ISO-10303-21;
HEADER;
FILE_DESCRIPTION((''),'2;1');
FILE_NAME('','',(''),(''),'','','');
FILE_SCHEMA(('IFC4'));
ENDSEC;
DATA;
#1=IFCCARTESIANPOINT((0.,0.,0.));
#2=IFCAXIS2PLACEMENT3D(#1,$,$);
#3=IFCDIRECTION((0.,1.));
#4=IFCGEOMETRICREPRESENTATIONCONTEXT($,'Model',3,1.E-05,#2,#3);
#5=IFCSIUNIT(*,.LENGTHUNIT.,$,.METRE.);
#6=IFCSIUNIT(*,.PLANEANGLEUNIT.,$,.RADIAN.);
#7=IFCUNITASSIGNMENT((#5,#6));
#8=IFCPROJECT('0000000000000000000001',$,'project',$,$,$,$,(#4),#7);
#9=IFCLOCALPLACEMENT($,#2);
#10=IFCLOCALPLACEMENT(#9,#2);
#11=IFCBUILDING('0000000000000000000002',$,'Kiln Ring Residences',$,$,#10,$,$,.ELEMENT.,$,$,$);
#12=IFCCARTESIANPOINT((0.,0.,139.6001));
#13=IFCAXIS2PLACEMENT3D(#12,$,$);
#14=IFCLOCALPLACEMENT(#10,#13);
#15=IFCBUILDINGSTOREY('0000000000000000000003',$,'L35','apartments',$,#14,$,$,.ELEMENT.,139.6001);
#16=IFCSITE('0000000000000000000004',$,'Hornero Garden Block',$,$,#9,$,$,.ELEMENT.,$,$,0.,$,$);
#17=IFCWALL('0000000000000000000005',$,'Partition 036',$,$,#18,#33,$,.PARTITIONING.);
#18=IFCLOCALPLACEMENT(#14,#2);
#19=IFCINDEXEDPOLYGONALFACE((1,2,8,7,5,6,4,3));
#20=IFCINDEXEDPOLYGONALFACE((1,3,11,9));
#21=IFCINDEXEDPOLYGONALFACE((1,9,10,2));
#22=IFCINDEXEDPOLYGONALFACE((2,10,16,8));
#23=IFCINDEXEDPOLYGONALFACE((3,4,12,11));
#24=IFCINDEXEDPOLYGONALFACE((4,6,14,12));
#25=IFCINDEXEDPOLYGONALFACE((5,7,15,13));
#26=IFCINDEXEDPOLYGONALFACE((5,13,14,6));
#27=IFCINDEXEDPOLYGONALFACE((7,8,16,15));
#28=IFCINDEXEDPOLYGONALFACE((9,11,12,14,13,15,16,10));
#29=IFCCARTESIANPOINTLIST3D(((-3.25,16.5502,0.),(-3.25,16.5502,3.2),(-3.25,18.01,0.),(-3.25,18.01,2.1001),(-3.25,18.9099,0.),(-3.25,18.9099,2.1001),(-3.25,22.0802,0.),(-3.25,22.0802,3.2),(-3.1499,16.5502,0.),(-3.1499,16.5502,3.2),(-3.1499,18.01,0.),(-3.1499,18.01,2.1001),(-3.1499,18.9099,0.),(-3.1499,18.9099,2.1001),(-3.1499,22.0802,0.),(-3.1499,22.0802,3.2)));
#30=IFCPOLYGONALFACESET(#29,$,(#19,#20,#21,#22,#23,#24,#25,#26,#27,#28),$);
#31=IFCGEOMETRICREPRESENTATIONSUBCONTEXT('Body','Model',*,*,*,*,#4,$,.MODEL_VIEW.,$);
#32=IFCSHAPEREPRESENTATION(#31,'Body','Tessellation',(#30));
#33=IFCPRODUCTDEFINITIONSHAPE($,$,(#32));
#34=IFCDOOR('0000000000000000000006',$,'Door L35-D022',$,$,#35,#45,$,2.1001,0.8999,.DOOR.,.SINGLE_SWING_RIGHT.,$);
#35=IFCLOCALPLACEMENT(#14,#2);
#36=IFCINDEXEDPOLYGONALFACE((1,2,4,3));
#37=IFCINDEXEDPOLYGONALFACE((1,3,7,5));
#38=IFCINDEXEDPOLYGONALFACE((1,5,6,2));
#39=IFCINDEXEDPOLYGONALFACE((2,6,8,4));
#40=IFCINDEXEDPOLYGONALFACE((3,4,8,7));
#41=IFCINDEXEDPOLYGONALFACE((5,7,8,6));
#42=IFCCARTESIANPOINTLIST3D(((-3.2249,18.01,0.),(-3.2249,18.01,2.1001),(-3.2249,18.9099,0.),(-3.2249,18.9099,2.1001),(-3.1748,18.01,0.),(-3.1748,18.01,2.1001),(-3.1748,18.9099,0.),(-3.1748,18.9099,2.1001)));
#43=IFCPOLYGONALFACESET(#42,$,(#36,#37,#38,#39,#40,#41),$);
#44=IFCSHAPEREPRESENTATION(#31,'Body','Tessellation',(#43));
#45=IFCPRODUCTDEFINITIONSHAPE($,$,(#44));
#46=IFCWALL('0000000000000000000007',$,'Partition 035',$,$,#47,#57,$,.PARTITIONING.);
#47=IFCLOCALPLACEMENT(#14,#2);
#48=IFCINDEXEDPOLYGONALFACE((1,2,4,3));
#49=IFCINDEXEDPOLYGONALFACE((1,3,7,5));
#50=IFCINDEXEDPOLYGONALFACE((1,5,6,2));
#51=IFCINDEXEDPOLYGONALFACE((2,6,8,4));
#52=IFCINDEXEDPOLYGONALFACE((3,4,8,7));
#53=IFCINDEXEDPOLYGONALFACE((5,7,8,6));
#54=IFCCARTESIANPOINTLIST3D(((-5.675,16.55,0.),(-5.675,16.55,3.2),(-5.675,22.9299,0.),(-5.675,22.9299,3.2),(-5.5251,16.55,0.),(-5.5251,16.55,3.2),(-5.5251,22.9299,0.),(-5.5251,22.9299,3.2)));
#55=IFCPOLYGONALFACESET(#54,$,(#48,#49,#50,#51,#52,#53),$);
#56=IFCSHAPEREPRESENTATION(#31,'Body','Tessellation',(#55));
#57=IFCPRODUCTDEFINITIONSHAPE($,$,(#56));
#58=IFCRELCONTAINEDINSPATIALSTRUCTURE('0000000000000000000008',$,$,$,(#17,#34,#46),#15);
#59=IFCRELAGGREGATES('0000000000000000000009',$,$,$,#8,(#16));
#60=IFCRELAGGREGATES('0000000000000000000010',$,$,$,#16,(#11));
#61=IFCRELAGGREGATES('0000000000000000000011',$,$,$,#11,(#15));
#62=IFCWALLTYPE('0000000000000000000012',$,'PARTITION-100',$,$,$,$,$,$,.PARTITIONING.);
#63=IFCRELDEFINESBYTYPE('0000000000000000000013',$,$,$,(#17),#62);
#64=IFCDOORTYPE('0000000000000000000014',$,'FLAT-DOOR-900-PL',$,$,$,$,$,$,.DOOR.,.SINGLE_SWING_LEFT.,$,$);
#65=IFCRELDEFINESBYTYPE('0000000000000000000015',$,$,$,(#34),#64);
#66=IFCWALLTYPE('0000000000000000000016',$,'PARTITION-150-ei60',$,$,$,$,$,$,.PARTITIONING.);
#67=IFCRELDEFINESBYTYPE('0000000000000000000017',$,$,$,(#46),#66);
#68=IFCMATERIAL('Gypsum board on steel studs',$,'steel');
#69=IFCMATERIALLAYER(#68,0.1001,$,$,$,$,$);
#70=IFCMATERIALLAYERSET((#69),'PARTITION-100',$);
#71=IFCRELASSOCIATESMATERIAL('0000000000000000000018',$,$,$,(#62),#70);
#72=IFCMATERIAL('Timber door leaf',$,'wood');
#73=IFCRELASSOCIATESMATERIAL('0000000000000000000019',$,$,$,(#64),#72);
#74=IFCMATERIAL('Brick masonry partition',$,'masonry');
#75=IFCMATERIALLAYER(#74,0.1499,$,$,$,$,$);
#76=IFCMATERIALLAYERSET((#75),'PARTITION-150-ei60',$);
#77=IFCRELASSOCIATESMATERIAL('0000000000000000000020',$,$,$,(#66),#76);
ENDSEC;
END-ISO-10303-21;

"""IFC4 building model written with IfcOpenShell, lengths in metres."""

from ifc_helpers import new_model, si_unit, direction, frame, frame_2d, origin, place, context, subcontext, project, spatial, rectangle, extrude, material, layer, layer_set, type_object, element, fill, save


model = new_model("IFC4")

# Units and contexts
model_context = context("Model", 3, precision=1e-05, world=origin(), true_north=direction((0.0, 1.0)))
body_context = subcontext(model_context, "Body", "Model", "MODEL_VIEW")
ifc_project = project(units=[si_unit("LENGTHUNIT", "METRE"), si_unit("PLANEANGLEUNIT", "RADIAN")], contexts=[model_context])

# Site, building, storey
site_placement = place(None, origin())
site = spatial("IfcSite", under=ifc_project, at=site_placement, Name="Hornero Garden Block", CompositionType="ELEMENT", RefElevation=0.0)
building_placement = place(site_placement, origin())
building = spatial("IfcBuilding", under=site, at=building_placement, Name="Kiln Ring Residences", CompositionType="ELEMENT")
storey_placement = place(building_placement, frame((0.0, 0.0, 139.6001)))
storey = spatial("IfcBuildingStorey", under=building, at=storey_placement, Name="L35", Description="apartments", CompositionType="ELEMENT", Elevation=139.6001)

# Wall, opening, door
ifc_material_1 = material(Name="Gypsum board on steel studs", Category="steel")
ifc_layer_1 = layer(ifc_material_1, 0.1001)
ifc_layer_set_1 = layer_set([ifc_layer_1], Name="PARTITION-100")
wall_type_1 = type_object("IfcWallType", Name="PARTITION-100", PredefinedType="PARTITIONING", material=ifc_layer_set_1)
wall_1_placement = place(storey_placement, frame((-3.2, 16.55, 0.0), z_axis=(0.0, 0.0, 1.0), x_axis=(0.0, 1.0, 0.0)))
wall_1 = element("IfcWall", 1, at=wall_1_placement, inside=storey, type_object=wall_type_1, Name="Partition 036", PredefinedType="PARTITIONING", context=body_context, shape_type="SweptSolid", body=[
    extrude(rectangle(XDim=5.53, YDim=0.1001, at=frame_2d((2.7651, 0.0))), origin(), (0.0, 0.0, 1.0), 3.2),
])
opening_1_placement = place(wall_1_placement, frame((1.46, 0.0, 0.0)))
opening_1 = element("IfcOpeningElement", 2, at=opening_1_placement, cuts=wall_1, PredefinedType="OPENING", context=body_context, shape_type="SweptSolid", body=[
    extrude(rectangle(XDim=0.8999, YDim=2.1001, at=frame_2d((0.45, 1.05))), frame((0.0, 0.0601, 0.0), z_axis=(0.0, -1.0, 0.0), x_axis=(1.0, 0.0, 0.0)), (0.0, 0.0, 1.0), 0.1201),
])
ifc_material_2 = material(Name="Timber door leaf", Category="wood")
door_type = type_object("IfcDoorType", Name="FLAT-DOOR-900-PL", OperationType="SINGLE_SWING_LEFT", PredefinedType="DOOR", material=ifc_material_2)
door_placement = place(opening_1_placement, origin())
door = element("IfcDoor", 3, at=door_placement, inside=storey, type_object=door_type, Name="Door L35-D022", OperationType="SINGLE_SWING_RIGHT", OverallHeight=2.1001, OverallWidth=0.8999, PredefinedType="DOOR", context=body_context, shape_type="SweptSolid", body=[
    extrude(rectangle(XDim=0.8999, YDim=2.1001, at=frame_2d((0.45, 1.05))), frame((0.0, 0.0249, 0.0), z_axis=(0.0, -1.0, 0.0), x_axis=(1.0, 0.0, 0.0)), (0.0, 0.0, 1.0), 0.05),
])
fill(opening_1, door)

# Wall
ifc_material_3 = material(Name="Brick masonry partition", Category="masonry")
ifc_layer_2 = layer(ifc_material_3, 0.1499)
ifc_layer_set_2 = layer_set([ifc_layer_2], Name="PARTITION-150-ei60")
wall_type_2 = type_object("IfcWallType", Name="PARTITION-150-ei60", PredefinedType="PARTITIONING", material=ifc_layer_set_2)
wall_2_placement = place(storey_placement, frame((-5.6001, 16.55, 0.0), z_axis=(0.0, 0.0, 1.0), x_axis=(0.0, 1.0, 0.0)))
element("IfcWall", 4, at=wall_2_placement, inside=storey, type_object=wall_type_2, Name="Partition 035", PredefinedType="PARTITIONING", context=body_context, shape_type="SweptSolid", body=[
    extrude(rectangle(XDim=6.3799, YDim=0.1499, at=frame_2d((3.1899, 0.0))), origin(), (0.0, 0.0, 1.0), 3.2),
])

save(model, "model.ifc")
